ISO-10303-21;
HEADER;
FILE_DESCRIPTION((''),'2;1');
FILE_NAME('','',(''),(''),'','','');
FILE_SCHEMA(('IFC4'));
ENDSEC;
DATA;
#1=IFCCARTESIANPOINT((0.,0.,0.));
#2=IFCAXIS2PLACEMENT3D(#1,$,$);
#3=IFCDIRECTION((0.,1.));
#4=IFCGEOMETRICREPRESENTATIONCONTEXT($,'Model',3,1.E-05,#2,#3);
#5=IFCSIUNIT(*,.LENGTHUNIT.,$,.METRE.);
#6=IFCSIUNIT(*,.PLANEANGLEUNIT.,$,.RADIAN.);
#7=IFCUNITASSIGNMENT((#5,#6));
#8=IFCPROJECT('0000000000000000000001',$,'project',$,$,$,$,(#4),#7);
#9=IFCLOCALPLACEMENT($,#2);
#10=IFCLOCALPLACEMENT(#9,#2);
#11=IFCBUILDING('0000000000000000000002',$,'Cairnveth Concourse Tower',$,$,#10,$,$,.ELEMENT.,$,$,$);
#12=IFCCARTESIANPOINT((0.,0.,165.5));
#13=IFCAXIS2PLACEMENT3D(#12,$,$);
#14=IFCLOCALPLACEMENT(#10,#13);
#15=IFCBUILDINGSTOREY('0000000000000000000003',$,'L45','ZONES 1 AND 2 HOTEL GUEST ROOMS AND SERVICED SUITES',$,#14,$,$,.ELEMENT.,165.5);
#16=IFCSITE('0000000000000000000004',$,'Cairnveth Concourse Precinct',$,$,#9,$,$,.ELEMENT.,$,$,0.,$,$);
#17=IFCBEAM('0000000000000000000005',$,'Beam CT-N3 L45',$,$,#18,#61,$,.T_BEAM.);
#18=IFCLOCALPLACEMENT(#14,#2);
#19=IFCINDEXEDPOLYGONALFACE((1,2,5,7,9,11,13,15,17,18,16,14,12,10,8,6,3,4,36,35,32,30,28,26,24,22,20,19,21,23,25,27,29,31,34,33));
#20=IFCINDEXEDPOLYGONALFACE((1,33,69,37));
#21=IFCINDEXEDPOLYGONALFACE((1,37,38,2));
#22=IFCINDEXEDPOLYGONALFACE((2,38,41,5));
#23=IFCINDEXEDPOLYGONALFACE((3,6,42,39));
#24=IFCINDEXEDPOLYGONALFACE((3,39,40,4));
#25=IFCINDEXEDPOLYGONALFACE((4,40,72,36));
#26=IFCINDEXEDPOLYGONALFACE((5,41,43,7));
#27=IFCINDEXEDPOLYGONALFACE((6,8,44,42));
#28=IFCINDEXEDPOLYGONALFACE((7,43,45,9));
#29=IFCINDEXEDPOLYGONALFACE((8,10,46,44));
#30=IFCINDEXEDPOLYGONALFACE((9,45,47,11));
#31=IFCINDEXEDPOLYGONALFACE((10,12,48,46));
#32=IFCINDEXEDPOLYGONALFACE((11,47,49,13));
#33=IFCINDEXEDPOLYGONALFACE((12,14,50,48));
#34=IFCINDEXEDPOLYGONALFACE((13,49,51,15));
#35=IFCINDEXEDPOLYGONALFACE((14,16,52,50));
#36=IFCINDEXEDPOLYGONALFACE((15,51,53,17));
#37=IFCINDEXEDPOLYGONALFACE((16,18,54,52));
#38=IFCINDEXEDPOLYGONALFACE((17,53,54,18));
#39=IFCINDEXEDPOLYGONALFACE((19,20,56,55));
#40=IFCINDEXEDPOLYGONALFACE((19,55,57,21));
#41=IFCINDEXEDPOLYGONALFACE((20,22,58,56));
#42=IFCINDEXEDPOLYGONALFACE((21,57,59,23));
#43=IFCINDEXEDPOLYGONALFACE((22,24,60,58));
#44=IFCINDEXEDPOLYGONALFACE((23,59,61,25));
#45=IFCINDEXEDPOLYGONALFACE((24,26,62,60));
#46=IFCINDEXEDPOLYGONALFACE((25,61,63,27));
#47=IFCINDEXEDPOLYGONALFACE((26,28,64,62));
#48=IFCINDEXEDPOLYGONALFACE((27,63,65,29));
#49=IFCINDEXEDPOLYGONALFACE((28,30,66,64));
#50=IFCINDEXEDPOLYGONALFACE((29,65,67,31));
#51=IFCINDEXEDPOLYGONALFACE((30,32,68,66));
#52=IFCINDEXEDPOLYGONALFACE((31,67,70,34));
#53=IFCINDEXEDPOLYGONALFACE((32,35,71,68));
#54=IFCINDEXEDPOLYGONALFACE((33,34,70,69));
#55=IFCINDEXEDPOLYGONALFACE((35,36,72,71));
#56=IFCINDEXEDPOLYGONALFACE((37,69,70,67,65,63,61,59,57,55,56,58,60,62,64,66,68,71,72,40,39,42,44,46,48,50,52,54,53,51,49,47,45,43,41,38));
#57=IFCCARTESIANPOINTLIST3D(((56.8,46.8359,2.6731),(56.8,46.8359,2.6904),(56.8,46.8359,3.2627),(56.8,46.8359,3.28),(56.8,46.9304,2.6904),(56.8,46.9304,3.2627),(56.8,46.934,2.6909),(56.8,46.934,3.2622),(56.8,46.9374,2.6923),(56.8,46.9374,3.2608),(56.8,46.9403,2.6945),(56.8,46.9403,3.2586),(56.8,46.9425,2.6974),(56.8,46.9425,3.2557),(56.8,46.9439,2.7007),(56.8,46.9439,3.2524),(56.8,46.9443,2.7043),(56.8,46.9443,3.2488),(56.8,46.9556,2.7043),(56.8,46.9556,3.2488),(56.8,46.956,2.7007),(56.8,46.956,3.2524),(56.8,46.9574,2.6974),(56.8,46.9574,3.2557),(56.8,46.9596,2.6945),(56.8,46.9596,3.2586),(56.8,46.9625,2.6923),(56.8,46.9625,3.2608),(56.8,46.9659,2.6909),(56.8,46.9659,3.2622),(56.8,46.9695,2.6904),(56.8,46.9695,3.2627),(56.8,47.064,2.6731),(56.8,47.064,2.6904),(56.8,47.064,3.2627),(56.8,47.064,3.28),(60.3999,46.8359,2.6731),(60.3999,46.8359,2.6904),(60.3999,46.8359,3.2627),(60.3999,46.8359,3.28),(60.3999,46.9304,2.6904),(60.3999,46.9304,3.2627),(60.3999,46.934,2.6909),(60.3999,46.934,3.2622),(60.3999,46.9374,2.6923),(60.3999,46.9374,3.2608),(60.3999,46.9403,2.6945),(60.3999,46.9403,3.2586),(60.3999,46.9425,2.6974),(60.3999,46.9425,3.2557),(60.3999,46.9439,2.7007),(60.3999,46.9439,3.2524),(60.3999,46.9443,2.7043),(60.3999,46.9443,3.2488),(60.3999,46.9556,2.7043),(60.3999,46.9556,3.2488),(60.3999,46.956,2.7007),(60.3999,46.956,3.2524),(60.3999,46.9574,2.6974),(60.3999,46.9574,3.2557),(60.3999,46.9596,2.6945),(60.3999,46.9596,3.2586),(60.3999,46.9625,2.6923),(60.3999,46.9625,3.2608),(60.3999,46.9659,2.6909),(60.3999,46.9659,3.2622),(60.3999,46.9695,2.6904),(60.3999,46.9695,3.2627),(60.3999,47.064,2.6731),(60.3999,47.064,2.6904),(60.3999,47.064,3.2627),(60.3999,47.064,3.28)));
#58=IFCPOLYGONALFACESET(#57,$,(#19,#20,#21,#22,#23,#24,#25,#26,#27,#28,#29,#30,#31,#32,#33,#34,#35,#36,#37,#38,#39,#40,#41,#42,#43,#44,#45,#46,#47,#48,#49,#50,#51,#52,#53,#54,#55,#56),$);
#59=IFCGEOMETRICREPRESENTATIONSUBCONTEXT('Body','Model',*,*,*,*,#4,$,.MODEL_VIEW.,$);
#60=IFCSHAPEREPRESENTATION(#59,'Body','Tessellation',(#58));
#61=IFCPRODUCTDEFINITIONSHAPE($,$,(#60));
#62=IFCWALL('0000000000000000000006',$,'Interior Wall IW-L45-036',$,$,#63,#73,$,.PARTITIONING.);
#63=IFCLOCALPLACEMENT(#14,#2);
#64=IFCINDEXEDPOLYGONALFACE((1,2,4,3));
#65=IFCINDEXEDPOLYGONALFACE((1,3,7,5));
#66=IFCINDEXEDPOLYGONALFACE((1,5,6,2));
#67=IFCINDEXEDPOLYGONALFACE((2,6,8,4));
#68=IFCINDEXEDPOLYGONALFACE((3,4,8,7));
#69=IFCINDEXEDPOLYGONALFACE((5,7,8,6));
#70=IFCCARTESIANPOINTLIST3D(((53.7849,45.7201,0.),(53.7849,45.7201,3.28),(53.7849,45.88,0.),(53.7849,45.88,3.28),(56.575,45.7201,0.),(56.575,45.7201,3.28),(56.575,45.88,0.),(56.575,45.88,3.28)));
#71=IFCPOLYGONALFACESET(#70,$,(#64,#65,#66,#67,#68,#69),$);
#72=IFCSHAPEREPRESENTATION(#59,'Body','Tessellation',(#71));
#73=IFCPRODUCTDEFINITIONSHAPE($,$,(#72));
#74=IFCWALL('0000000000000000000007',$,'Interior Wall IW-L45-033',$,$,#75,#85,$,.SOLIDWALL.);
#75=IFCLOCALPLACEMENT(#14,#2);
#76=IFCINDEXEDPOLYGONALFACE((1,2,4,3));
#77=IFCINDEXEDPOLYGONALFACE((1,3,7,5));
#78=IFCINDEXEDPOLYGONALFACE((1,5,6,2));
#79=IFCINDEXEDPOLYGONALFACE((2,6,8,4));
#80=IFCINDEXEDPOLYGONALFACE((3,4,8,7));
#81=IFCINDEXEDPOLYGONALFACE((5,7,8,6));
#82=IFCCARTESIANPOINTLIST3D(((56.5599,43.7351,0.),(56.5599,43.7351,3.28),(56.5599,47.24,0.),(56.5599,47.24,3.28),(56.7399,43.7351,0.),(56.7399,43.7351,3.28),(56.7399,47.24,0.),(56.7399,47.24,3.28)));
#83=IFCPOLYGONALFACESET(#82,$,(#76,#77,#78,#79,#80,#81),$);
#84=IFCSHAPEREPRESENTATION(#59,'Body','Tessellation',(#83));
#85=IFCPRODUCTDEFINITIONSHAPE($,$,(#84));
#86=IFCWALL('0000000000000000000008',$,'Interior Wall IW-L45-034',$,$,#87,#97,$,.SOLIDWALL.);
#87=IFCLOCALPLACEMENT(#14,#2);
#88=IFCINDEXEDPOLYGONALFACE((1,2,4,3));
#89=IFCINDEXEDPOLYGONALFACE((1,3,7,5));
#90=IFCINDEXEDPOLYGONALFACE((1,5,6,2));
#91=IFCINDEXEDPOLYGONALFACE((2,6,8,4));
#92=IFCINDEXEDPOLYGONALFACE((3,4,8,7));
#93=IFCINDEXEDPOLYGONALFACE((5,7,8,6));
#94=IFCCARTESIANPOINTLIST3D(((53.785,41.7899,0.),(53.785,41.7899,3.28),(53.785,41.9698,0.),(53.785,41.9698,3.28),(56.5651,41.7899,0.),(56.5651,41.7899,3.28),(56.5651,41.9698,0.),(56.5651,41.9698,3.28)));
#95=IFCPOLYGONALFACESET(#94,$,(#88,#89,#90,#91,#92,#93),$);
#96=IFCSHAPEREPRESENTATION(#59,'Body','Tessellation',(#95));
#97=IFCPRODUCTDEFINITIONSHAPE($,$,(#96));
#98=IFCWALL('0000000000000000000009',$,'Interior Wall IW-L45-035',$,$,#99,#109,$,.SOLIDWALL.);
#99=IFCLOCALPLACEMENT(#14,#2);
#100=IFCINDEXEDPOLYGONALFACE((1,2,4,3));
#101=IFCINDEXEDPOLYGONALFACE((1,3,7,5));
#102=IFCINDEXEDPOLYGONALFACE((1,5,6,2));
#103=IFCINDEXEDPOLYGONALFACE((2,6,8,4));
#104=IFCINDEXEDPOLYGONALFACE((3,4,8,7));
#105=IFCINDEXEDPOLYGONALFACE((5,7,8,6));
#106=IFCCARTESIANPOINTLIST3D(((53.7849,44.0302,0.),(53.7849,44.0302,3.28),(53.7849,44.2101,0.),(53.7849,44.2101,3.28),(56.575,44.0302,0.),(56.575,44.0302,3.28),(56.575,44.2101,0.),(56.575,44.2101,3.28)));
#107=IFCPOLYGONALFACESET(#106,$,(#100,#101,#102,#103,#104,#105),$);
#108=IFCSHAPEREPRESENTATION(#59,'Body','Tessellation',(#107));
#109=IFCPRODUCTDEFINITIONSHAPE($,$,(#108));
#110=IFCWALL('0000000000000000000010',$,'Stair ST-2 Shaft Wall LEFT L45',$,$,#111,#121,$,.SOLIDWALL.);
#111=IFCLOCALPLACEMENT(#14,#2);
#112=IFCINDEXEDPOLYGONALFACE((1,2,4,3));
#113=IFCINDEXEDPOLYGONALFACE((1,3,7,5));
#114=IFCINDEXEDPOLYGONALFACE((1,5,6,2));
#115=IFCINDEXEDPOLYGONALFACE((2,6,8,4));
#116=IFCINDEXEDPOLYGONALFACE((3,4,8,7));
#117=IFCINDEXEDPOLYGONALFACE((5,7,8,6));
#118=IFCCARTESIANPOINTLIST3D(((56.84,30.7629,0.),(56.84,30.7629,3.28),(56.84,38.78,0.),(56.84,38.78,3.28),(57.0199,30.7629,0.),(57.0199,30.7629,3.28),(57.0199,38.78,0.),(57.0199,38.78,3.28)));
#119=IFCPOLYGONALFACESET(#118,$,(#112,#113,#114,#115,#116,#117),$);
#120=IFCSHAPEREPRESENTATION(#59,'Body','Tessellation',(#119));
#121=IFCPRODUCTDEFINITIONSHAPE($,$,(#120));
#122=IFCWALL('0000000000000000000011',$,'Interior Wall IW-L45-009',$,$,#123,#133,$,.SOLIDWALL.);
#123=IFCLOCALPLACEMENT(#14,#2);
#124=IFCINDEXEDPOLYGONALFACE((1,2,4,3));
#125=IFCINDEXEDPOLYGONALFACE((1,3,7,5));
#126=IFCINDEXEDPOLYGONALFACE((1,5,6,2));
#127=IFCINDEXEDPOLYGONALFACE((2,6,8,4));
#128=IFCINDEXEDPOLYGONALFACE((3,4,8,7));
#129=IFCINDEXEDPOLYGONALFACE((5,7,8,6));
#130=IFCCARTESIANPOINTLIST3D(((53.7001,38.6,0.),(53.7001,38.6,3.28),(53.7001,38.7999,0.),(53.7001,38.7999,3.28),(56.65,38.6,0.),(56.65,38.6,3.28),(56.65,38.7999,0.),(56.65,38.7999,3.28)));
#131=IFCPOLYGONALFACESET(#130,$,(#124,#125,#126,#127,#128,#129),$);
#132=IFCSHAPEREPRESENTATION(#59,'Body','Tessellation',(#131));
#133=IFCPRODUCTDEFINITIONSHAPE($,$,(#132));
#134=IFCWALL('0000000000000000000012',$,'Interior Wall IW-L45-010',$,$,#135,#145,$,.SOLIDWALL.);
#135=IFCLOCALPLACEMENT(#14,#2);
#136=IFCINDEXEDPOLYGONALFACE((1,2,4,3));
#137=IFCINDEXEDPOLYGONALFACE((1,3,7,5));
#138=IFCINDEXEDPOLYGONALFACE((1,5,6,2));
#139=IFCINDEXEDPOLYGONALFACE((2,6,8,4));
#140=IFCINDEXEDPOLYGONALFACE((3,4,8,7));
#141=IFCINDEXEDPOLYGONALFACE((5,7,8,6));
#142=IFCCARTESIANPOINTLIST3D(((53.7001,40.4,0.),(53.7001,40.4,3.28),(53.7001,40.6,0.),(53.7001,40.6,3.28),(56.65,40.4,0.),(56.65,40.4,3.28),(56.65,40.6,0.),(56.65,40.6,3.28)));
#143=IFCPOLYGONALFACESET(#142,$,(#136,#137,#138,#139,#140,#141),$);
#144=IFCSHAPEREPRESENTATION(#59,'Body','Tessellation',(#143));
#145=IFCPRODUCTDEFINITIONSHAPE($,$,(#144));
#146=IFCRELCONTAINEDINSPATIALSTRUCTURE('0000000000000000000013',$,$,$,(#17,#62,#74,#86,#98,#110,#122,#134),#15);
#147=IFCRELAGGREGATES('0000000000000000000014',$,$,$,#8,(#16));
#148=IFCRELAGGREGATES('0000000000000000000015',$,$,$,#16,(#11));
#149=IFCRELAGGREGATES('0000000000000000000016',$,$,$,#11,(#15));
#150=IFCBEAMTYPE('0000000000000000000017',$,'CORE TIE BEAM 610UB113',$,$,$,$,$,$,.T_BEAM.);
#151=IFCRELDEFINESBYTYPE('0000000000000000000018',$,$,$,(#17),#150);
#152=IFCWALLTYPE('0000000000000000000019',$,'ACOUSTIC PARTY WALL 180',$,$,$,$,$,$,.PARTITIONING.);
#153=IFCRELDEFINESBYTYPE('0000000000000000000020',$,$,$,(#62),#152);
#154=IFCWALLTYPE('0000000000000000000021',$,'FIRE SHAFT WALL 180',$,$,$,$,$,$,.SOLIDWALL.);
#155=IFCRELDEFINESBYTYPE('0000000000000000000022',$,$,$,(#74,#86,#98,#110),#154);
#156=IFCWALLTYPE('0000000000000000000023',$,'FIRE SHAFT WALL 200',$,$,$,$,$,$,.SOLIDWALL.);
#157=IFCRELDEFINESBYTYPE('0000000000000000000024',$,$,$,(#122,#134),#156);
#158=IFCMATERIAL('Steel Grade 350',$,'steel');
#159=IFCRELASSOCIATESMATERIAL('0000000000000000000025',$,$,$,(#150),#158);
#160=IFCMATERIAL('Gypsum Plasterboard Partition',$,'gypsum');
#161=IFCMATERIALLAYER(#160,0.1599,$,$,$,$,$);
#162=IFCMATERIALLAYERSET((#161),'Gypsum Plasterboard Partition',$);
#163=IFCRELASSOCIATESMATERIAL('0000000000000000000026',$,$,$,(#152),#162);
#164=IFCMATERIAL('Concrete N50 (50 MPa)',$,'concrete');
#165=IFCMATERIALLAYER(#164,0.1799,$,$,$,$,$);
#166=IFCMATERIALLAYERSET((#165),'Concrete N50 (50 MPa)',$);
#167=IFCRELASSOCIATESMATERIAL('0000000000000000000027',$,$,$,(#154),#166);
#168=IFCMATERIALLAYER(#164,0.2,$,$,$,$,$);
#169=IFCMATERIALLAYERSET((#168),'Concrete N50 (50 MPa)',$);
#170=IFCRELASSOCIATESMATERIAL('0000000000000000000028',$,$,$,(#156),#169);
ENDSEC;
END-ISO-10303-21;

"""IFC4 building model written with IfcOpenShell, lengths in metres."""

from ifc_helpers import new_model, si_unit, direction, frame, frame_2d, origin, origin_2d, place, context, subcontext, project, spatial, rectangle, i_section, extrude, material, layer, layer_set, material_profile, profile_set, type_object, element, save


model = new_model("IFC4")

# Units and contexts
model_context = context("Model", 3, precision=1e-05, world=origin(), true_north=direction((0.0, 1.0)))
body_context = subcontext(model_context, "Body", "Model", "MODEL_VIEW")
ifc_project = project(units=[si_unit("LENGTHUNIT", "METRE"), si_unit("PLANEANGLEUNIT", "RADIAN")], contexts=[model_context])

# Site, building, storey
site_placement = place(None, origin())
site = spatial("IfcSite", under=ifc_project, at=site_placement, Name="Cairnveth Concourse Precinct", CompositionType="ELEMENT", RefElevation=0.0)
building_placement = place(site_placement, origin())
building = spatial("IfcBuilding", under=site, at=building_placement, Name="Cairnveth Concourse Tower", CompositionType="ELEMENT")
storey_placement = place(building_placement, frame((0.0, 0.0, 165.5)))
storey = spatial("IfcBuildingStorey", under=building, at=storey_placement, Name="L45", Description="ZONES 1 AND 2 HOTEL GUEST ROOMS AND SERVICED SUITES", CompositionType="ELEMENT", Elevation=165.5)

# Beam
ifc_material_1 = material(Name="Steel Grade 350", Category="steel")
ifc_material_profile = material_profile(ifc_material_1, i_section(OverallWidth=0.228, OverallDepth=0.6069, WebThickness=0.0112, FlangeThickness=0.0173, FilletRadius=0.0139, at=origin_2d()), Name="610UB113")
ifc_profile_set = profile_set([ifc_material_profile], Name="Steel Grade 350")
beam_type = type_object("IfcBeamType", Name="CORE TIE BEAM 610UB113", PredefinedType="T_BEAM", material=ifc_profile_set)
beam_placement = place(storey_placement, frame((56.8, 46.95, 2.9766), z_axis=(1.0, 0.0, 0.0), x_axis=(0.0, 1.0, 0.0)))
element("IfcBeam", 1, at=beam_placement, inside=storey, type_object=beam_type, Name="Beam CT-N3 L45", PredefinedType="T_BEAM", context=body_context, shape_type="SweptSolid", body=[
    extrude(i_section(OverallWidth=0.228, OverallDepth=0.6069, WebThickness=0.0112, FlangeThickness=0.0173, FilletRadius=0.0139, at=origin_2d()), origin(), (0.0, 0.0, 1.0), 3.5999),
])

# Walls
ifc_material_2 = material(Name="Gypsum Plasterboard Partition", Category="gypsum")
ifc_layer_1 = layer(ifc_material_2, 0.1599)
ifc_layer_set_1 = layer_set([ifc_layer_1], Name="Gypsum Plasterboard Partition")
wall_type_1 = type_object("IfcWallType", Name="ACOUSTIC PARTY WALL 180", PredefinedType="PARTITIONING", material=ifc_layer_set_1)
wall_1_placement = place(storey_placement, frame((53.7849, 45.8, 0.0), z_axis=(0.0, 0.0, 1.0), x_axis=(1.0, 0.0, 0.0)))
element("IfcWall", 2, at=wall_1_placement, inside=storey, type_object=wall_type_1, Name="Interior Wall IW-L45-036", PredefinedType="PARTITIONING", context=body_context, shape_type="SweptSolid", body=[
    extrude(rectangle(XDim=2.79, YDim=0.1599, at=frame_2d((1.395, 0.0))), origin(), (0.0, 0.0, 1.0), 3.28),
])
ifc_material_3 = material(Name="Concrete N50 (50 MPa)", Category="concrete")
ifc_layer_2 = layer(ifc_material_3, 0.1799)
ifc_layer_set_2 = layer_set([ifc_layer_2], Name="Concrete N50 (50 MPa)")
wall_type_2 = type_object("IfcWallType", Name="FIRE SHAFT WALL 180", PredefinedType="SOLIDWALL", material=ifc_layer_set_2)
wall_2_placement = place(storey_placement, frame((56.6499, 43.7351, 0.0), z_axis=(0.0, 0.0, 1.0), x_axis=(0.0, 1.0, 0.0)))
element("IfcWall", 3, at=wall_2_placement, inside=storey, type_object=wall_type_2, Name="Interior Wall IW-L45-033", PredefinedType="SOLIDWALL", context=body_context, shape_type="SweptSolid", body=[
    extrude(rectangle(XDim=3.5049, YDim=0.1799, at=frame_2d((1.7524, 0.0))), origin(), (0.0, 0.0, 1.0), 3.28),
])
wall_3_placement = place(storey_placement, frame((53.7849, 41.8799, 0.0), z_axis=(0.0, 0.0, 1.0), x_axis=(1.0, 0.0, 0.0)))
element("IfcWall", 4, at=wall_3_placement, inside=storey, type_object=wall_type_2, Name="Interior Wall IW-L45-034", PredefinedType="SOLIDWALL", context=body_context, shape_type="SweptSolid", body=[
    extrude(rectangle(XDim=2.78, YDim=0.1799, at=frame_2d((1.3901, 0.0))), origin(), (0.0, 0.0, 1.0), 3.28),
])
wall_4_placement = place(storey_placement, frame((53.7849, 44.1201, 0.0), z_axis=(0.0, 0.0, 1.0), x_axis=(1.0, 0.0, 0.0)))
element("IfcWall", 5, at=wall_4_placement, inside=storey, type_object=wall_type_2, Name="Interior Wall IW-L45-035", PredefinedType="SOLIDWALL", context=body_context, shape_type="SweptSolid", body=[
    extrude(rectangle(XDim=2.79, YDim=0.1799, at=frame_2d((1.395, 0.0))), origin(), (0.0, 0.0, 1.0), 3.28),
])

# Walls
wall_5_placement = place(storey_placement, frame((56.9299, 38.78, 0.0), z_axis=(0.0, 0.0, 1.0), x_axis=(0.0, -1.0, 0.0)))
element("IfcWall", 6, at=wall_5_placement, inside=storey, type_object=wall_type_2, Name="Stair ST-2 Shaft Wall LEFT L45", PredefinedType="SOLIDWALL", context=body_context, shape_type="SweptSolid", body=[
    extrude(rectangle(XDim=8.0171, YDim=0.1799, at=frame_2d((4.0085, 0.0))), origin(), (0.0, 0.0, 1.0), 3.28),
])
ifc_layer_3 = layer(ifc_material_3, 0.2)
ifc_layer_set_3 = layer_set([ifc_layer_3], Name="Concrete N50 (50 MPa)")
wall_type_3 = type_object("IfcWallType", Name="FIRE SHAFT WALL 200", PredefinedType="SOLIDWALL", material=ifc_layer_set_3)
for number, where, z_axis, x_axis, name in (
    (7, (53.7, 38.7, 0.0), (0.0, 0.0, 1.0), (1.0, 0.0, 0.0), "Interior Wall IW-L45-009"),
    (8, (53.7, 40.5, 0.0), (0.0, 0.0, 1.0), (1.0, 0.0, 0.0), "Interior Wall IW-L45-010"),
):
    element("IfcWall", number, at=place(storey_placement, frame(where, z_axis=z_axis, x_axis=x_axis)), inside=storey, type_object=wall_type_3, Name=name, PredefinedType="SOLIDWALL", context=body_context, shape_type="SweptSolid", body=[
        extrude(rectangle(XDim=2.95, YDim=0.2, at=frame_2d((1.4751, 0.0))), origin(), (0.0, 0.0, 1.0), 3.28),
    ])

save(model, "model.ifc")
